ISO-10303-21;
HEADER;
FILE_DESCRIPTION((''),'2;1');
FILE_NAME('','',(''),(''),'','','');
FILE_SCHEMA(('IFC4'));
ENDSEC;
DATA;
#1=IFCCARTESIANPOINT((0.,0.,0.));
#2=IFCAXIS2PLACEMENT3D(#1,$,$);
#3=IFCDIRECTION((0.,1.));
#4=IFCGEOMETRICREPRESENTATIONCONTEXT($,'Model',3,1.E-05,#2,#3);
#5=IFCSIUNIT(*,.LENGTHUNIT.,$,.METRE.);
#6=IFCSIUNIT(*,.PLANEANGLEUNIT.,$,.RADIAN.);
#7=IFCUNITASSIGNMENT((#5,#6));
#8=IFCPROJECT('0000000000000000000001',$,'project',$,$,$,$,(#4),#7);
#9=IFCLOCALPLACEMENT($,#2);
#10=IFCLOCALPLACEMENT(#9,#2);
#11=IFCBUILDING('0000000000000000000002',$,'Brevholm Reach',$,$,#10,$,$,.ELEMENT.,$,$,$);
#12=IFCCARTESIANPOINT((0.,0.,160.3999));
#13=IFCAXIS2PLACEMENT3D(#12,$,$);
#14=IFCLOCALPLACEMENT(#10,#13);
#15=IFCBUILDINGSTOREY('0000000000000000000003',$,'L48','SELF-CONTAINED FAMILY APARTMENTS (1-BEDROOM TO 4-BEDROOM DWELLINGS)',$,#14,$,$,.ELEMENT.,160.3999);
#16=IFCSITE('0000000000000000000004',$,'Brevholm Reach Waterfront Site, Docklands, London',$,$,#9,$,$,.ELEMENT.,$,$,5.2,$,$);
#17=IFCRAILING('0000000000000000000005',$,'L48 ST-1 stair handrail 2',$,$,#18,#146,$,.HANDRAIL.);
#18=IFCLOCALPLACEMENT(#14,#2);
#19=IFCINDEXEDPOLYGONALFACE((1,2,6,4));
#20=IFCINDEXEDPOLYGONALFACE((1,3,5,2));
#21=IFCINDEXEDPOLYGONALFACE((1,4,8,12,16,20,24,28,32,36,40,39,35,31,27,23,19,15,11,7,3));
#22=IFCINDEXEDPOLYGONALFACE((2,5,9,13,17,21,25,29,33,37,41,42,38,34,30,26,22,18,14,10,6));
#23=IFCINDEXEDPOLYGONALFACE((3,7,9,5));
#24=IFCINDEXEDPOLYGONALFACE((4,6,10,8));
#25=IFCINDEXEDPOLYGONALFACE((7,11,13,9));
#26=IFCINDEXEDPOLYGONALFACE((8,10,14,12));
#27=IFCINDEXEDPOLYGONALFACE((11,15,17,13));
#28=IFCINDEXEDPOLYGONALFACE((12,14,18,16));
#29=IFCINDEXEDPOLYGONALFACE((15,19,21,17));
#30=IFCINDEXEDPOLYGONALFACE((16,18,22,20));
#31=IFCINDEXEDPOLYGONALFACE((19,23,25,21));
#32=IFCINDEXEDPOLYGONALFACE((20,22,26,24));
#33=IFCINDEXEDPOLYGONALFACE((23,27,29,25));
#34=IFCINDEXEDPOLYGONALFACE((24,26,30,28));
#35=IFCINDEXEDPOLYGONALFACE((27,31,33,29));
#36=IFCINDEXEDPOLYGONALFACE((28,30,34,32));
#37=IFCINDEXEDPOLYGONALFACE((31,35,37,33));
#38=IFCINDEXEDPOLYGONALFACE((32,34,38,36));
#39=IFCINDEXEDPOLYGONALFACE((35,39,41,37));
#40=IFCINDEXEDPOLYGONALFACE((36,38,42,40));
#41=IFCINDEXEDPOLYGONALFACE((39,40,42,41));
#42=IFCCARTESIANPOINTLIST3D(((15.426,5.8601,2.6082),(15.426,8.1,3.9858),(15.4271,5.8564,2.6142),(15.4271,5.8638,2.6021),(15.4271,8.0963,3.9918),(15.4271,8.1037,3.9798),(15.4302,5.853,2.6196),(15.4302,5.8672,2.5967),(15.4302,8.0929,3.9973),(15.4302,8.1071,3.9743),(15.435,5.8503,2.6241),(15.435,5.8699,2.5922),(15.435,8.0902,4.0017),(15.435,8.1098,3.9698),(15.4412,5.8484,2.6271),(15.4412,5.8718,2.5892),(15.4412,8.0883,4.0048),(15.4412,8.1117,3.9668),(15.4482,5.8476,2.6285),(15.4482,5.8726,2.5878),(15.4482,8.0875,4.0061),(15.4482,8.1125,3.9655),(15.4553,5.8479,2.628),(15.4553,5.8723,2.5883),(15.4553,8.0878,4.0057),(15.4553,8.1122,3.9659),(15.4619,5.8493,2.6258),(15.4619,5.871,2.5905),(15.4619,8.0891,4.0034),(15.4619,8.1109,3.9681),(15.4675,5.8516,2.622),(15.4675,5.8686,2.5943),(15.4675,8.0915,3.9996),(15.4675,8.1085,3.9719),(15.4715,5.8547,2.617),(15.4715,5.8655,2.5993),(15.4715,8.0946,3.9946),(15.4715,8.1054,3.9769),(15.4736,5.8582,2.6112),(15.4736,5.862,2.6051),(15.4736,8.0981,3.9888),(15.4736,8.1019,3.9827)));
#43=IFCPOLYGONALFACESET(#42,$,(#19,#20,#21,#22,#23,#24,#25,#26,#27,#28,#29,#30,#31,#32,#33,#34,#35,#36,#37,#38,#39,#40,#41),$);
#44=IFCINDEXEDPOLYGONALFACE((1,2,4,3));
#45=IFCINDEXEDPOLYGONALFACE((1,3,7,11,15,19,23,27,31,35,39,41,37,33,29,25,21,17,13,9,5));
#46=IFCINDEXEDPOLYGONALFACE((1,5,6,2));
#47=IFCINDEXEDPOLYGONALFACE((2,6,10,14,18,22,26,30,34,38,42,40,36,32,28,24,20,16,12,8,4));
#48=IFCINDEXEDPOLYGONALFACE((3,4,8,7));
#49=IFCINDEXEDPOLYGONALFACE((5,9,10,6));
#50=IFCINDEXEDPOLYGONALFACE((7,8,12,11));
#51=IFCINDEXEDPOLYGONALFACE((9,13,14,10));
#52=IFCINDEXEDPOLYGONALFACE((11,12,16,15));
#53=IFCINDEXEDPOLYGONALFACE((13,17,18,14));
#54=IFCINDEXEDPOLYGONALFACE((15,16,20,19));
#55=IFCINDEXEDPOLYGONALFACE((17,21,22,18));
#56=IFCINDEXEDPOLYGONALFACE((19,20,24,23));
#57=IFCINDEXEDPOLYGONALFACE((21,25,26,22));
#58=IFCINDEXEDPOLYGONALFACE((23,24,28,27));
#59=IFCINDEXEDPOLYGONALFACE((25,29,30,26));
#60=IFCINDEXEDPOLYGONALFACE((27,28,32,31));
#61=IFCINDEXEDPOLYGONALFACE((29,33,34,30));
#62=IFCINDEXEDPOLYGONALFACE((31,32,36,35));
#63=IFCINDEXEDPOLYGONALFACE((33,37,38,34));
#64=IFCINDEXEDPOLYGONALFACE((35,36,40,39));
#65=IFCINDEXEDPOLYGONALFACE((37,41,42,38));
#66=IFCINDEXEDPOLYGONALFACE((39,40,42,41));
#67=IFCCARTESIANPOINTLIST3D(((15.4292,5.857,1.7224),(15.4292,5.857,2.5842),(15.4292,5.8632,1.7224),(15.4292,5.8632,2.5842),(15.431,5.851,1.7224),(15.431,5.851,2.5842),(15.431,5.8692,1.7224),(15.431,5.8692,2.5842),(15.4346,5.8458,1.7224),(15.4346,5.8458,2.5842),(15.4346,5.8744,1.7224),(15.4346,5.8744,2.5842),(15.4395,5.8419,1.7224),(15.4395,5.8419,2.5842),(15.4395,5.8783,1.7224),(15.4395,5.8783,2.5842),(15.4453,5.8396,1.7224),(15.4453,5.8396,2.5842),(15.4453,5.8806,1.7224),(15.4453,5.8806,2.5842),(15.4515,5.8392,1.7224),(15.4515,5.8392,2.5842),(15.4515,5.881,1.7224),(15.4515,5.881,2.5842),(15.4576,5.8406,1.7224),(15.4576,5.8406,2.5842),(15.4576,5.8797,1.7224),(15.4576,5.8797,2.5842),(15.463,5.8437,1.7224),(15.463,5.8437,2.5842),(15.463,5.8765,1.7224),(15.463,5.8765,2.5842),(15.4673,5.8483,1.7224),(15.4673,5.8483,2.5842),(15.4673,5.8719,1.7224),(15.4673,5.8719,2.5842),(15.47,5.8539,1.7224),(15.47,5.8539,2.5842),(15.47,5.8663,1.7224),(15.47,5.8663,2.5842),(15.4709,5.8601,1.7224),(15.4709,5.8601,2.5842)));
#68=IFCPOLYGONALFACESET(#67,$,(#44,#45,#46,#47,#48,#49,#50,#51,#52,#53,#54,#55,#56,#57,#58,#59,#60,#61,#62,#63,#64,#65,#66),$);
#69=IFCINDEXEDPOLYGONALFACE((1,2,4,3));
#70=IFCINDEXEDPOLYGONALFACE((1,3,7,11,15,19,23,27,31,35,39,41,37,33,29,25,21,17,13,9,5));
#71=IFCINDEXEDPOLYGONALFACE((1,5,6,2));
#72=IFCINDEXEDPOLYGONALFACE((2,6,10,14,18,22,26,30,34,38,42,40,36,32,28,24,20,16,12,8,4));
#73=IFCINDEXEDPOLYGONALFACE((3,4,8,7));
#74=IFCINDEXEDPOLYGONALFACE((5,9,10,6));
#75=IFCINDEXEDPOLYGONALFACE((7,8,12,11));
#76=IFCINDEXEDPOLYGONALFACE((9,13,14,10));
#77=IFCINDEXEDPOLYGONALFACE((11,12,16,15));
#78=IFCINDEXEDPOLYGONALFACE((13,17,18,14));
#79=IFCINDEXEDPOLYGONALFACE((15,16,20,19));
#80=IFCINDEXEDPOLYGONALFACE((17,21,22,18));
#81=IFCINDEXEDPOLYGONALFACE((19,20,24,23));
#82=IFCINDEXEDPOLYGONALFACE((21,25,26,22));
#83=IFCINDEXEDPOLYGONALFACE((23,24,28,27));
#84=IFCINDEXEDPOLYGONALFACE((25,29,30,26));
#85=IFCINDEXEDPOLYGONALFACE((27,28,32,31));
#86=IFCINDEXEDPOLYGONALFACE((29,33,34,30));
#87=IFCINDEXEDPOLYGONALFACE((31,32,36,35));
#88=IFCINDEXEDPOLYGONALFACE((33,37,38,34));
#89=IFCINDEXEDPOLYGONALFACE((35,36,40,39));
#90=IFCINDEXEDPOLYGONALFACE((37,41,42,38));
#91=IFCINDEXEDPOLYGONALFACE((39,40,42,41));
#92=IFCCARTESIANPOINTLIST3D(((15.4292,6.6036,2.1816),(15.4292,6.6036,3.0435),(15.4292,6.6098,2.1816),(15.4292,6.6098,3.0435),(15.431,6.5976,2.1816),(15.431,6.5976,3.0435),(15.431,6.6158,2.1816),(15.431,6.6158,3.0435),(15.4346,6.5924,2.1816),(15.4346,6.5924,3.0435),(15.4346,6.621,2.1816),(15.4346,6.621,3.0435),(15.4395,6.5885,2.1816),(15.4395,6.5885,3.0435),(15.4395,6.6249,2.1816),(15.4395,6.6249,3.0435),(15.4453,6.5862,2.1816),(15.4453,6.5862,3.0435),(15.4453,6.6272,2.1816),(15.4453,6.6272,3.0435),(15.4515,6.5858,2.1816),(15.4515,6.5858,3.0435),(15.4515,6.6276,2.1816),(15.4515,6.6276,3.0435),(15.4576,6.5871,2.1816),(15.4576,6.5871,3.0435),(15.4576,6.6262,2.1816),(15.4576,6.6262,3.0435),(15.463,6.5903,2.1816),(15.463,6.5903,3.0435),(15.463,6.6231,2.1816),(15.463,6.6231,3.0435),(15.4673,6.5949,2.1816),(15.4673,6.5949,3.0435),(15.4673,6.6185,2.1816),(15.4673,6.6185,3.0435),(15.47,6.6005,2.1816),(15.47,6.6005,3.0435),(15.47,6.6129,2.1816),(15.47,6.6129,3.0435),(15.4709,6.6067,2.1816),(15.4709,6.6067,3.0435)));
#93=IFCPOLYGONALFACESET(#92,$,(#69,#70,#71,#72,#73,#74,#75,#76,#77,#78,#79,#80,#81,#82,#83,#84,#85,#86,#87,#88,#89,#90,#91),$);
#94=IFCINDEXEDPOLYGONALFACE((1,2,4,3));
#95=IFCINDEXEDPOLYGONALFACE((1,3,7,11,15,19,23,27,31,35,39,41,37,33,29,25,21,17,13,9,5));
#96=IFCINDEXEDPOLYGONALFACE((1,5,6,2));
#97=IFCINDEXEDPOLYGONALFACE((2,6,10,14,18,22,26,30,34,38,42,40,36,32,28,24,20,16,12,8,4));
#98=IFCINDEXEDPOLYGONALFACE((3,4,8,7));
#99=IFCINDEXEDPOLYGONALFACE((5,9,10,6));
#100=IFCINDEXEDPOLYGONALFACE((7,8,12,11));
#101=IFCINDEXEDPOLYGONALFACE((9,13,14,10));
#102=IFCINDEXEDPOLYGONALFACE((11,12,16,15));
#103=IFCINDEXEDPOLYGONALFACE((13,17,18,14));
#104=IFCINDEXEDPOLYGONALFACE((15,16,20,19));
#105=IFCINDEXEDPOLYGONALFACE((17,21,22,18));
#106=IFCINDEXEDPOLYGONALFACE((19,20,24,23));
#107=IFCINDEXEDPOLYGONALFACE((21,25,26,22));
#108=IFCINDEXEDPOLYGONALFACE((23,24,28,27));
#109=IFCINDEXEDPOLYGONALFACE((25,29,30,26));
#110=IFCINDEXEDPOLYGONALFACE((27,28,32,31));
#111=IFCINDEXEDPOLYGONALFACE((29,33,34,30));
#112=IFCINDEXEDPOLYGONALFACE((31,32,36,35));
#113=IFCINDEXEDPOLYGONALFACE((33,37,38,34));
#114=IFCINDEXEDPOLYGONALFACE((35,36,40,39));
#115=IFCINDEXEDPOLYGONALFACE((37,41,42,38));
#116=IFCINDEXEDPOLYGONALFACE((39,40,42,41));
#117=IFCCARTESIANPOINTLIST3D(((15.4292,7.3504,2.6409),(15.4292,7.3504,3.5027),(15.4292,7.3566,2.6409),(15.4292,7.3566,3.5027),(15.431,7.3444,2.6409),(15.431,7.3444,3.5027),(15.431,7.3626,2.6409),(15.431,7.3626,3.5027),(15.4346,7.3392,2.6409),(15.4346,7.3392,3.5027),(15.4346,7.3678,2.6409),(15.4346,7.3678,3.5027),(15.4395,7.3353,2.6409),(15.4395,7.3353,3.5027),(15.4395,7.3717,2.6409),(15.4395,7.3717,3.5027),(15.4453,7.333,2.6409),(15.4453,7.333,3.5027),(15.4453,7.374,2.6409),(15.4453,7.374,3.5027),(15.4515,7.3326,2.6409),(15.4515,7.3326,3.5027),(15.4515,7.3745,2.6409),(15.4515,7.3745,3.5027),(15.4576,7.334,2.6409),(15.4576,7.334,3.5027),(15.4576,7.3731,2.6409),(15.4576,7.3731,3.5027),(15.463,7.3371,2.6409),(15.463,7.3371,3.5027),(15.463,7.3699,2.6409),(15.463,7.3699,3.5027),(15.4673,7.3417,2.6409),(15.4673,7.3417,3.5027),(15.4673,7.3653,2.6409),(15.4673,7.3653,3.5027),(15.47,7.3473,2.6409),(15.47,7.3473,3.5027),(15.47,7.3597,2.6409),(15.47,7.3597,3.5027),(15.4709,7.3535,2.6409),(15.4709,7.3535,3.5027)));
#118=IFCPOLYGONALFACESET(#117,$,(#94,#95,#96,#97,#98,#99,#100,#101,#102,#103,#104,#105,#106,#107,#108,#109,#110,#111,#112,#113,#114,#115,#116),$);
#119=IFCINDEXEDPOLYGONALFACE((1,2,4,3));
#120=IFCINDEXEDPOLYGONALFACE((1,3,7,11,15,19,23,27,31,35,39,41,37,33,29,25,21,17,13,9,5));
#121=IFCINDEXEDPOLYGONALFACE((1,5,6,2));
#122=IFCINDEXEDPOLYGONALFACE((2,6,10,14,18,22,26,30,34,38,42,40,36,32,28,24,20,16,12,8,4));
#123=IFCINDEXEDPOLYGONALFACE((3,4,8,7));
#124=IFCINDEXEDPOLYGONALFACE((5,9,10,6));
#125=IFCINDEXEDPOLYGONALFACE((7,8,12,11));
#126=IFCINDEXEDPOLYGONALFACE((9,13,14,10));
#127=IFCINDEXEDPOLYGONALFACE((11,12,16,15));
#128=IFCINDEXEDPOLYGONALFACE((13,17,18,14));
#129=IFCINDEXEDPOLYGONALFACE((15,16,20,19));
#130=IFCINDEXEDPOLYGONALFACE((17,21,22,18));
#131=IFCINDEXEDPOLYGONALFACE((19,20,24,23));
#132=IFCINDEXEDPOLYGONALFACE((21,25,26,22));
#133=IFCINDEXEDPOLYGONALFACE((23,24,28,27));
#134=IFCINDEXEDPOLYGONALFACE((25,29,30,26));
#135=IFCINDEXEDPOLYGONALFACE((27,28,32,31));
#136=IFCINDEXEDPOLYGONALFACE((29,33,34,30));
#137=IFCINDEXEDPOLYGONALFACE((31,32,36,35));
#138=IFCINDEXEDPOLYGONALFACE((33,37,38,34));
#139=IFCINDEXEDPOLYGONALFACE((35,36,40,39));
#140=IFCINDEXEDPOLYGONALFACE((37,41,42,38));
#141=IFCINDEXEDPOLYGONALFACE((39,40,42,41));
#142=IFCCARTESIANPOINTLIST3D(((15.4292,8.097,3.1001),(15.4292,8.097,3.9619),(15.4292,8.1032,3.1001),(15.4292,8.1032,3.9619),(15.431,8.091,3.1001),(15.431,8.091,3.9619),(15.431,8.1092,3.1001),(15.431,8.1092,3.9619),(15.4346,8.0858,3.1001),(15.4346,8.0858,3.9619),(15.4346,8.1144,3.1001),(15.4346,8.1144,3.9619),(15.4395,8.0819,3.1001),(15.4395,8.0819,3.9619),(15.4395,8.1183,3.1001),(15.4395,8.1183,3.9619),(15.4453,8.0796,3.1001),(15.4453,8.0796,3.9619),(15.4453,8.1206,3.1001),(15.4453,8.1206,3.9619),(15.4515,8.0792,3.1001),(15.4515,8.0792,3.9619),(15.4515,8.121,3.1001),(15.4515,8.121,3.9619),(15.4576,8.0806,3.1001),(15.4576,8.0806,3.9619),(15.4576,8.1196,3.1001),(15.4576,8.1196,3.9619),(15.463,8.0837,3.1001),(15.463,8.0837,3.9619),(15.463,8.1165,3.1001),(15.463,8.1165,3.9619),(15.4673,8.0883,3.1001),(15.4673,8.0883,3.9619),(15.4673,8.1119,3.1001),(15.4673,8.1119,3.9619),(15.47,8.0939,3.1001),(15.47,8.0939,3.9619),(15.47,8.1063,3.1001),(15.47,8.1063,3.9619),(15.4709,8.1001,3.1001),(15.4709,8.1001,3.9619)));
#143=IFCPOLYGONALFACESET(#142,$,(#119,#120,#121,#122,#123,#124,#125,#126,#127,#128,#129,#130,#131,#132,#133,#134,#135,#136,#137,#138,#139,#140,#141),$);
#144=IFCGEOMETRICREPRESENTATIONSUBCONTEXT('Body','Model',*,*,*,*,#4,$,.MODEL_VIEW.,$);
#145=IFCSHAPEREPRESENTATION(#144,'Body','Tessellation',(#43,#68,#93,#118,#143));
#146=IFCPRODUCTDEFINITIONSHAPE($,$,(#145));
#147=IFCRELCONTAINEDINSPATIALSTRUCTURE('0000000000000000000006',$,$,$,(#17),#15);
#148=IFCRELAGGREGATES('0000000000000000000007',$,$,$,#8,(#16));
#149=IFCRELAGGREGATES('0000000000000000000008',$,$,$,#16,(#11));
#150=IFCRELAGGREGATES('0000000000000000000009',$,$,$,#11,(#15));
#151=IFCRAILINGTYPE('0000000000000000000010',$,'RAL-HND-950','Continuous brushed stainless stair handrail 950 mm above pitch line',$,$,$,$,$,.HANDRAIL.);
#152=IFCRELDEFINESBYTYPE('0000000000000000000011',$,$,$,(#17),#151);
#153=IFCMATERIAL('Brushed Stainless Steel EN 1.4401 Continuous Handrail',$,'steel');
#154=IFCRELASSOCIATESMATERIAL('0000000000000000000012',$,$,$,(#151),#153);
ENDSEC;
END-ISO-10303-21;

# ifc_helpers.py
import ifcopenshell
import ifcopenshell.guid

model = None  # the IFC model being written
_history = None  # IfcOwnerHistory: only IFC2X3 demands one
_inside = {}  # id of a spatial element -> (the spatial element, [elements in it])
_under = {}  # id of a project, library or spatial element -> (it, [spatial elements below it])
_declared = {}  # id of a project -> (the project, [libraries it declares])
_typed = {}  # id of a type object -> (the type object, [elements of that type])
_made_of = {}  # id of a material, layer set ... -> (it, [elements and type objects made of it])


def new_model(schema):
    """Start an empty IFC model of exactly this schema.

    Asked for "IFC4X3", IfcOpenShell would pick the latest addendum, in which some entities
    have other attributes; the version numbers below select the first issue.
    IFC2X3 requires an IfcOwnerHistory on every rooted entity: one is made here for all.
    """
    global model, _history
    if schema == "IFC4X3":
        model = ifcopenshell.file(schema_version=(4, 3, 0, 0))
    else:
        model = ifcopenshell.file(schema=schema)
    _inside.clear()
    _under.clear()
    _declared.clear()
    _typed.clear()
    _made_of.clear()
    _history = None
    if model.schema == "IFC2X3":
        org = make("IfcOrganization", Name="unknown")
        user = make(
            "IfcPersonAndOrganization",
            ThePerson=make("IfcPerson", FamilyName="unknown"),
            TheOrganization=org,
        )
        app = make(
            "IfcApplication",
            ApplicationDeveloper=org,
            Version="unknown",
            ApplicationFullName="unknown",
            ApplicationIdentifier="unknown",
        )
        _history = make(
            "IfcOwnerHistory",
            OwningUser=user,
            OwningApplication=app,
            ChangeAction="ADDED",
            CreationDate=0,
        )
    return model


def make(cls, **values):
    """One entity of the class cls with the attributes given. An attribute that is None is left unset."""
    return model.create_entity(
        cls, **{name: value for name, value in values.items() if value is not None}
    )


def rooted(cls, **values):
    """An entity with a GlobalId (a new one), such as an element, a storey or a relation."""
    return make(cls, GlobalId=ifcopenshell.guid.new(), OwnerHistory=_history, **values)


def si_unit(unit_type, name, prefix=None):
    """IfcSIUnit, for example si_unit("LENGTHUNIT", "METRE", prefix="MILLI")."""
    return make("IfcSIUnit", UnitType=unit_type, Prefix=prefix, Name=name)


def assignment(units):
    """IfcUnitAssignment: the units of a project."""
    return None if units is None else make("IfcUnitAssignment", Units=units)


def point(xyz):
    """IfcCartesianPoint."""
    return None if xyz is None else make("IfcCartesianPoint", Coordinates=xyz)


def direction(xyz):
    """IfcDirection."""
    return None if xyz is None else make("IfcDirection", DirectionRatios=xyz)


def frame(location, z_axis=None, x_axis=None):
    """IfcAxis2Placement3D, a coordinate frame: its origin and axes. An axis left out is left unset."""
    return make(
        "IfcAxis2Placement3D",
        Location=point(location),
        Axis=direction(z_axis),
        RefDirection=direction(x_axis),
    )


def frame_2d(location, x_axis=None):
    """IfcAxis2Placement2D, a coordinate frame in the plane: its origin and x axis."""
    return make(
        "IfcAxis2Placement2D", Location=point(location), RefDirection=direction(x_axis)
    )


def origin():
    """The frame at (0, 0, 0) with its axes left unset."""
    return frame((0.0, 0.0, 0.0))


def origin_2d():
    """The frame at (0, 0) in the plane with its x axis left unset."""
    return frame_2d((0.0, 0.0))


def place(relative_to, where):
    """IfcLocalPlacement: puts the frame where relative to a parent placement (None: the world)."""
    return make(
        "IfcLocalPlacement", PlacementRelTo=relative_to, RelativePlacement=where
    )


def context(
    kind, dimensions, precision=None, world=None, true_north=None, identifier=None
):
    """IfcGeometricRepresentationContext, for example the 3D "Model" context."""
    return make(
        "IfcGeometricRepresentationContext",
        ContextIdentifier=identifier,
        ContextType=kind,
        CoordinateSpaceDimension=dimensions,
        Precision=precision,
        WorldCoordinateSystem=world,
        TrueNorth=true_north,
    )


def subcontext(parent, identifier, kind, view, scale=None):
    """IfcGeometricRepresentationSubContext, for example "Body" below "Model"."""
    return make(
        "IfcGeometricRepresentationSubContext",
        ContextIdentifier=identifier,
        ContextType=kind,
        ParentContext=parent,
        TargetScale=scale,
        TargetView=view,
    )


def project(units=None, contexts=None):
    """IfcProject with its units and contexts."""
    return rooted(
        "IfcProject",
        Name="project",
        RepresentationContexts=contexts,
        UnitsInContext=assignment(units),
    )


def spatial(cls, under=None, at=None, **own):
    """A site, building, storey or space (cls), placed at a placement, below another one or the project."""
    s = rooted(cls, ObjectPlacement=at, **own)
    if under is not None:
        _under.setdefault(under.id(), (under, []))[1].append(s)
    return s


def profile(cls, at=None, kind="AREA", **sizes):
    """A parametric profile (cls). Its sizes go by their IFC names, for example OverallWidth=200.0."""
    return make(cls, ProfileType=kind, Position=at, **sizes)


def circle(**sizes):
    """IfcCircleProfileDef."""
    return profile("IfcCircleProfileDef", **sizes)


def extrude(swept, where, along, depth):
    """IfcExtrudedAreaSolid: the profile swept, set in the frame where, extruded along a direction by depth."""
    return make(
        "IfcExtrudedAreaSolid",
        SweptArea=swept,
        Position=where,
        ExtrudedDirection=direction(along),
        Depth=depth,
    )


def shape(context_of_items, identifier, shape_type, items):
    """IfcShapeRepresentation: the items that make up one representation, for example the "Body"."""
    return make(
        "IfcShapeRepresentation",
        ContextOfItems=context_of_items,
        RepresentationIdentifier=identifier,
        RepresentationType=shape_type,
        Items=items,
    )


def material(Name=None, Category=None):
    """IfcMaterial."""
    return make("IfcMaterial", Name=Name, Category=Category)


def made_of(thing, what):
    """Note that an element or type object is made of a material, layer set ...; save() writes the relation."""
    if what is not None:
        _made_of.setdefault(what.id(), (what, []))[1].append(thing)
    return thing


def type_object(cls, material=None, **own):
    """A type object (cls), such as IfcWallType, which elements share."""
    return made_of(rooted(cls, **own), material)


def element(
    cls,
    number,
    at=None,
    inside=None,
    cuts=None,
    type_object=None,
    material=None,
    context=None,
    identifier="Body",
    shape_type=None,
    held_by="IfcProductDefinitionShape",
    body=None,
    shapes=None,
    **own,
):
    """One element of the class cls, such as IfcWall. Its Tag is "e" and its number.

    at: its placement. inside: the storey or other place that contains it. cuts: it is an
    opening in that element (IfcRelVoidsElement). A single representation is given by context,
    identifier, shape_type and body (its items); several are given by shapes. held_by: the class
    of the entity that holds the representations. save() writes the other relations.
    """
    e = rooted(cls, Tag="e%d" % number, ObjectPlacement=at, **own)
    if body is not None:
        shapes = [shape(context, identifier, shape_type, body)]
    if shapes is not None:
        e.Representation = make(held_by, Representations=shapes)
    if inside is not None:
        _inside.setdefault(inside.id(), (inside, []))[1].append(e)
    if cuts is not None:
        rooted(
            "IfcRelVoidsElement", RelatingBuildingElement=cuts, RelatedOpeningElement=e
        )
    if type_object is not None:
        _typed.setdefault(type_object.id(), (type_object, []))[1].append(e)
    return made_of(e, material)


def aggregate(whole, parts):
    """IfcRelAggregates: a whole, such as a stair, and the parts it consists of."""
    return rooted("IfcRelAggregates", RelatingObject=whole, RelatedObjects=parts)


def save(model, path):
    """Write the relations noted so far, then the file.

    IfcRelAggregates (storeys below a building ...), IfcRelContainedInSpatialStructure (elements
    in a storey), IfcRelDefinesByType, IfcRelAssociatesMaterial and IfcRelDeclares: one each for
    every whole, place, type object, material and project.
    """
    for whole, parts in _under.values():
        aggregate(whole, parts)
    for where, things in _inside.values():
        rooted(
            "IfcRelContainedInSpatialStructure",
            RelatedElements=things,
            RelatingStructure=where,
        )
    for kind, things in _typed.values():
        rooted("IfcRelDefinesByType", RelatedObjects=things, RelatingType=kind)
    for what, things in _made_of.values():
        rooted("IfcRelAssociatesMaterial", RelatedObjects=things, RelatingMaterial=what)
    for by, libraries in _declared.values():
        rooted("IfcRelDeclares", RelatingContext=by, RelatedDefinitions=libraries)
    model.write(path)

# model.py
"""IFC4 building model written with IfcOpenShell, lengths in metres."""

from ifc_helpers import new_model, si_unit, direction, frame, origin, origin_2d, place, context, subcontext, project, spatial, circle, extrude, material, type_object, element, save


model = new_model("IFC4")

# Units and contexts
model_context = context("Model", 3, precision=1e-05, world=origin(), true_north=direction((0.0, 1.0)))
body_context = subcontext(model_context, "Body", "Model", "MODEL_VIEW")
ifc_project = project(units=[si_unit("LENGTHUNIT", "METRE"), si_unit("PLANEANGLEUNIT", "RADIAN")], contexts=[model_context])

# Site, building, storey
site_placement = place(None, origin())
site = spatial("IfcSite", under=ifc_project, at=site_placement, Name="Brevholm Reach Waterfront Site, Docklands, London", CompositionType="ELEMENT", RefElevation=5.2)
building_placement = place(site_placement, origin())
building = spatial("IfcBuilding", under=site, at=building_placement, Name="Brevholm Reach", CompositionType="ELEMENT")
storey_placement = place(building_placement, frame((0.0, 0.0, 160.3999)))
storey = spatial("IfcBuildingStorey", under=building, at=storey_placement, Name="L48", Description="SELF-CONTAINED FAMILY APARTMENTS (1-BEDROOM TO 4-BEDROOM DWELLINGS)", CompositionType="ELEMENT", Elevation=160.3999)

# Railing
ifc_material_1 = material(Name="Brushed Stainless Steel EN 1.4401 Continuous Handrail", Category="steel")
railing_type_1 = type_object("IfcRailingType", Name="RAL-HND-950", Description="Continuous brushed stainless stair handrail 950 mm above pitch line", PredefinedType="HANDRAIL", material=ifc_material_1)
railing_1_placement = place(storey_placement, frame((15.45, 5.8601, 1.7224)))
element("IfcRailing", 1, at=railing_1_placement, inside=storey, type_object=railing_type_1, Name="L48 ST-1 stair handrail 2", PredefinedType="HANDRAIL", context=body_context, shape_type="SweptSolid", body=[
    extrude(circle(Radius=0.0239, at=origin_2d()), frame((0.0, 0.0, 0.8857), z_axis=(0.0, 0.851789, 0.523885), x_axis=(-1.0, 0.0, 0.0)), (0.0, 0.0, 1.0), 2.6296),
    extrude(circle(Radius=0.021, at=origin_2d()), origin(), (0.0, 0.0, 1.0), 0.8618),
    extrude(circle(Radius=0.021, at=origin_2d()), frame((0.0, 0.7466, 0.4592)), (0.0, 0.0, 1.0), 0.8618),
    extrude(circle(Radius=0.021, at=origin_2d()), frame((0.0, 1.4934, 0.9185)), (0.0, 0.0, 1.0), 0.8618),
    extrude(circle(Radius=0.021, at=origin_2d()), frame((0.0, 2.24, 1.3777)), (0.0, 0.0, 1.0), 0.8618),
])

save(model, "model.ifc")
